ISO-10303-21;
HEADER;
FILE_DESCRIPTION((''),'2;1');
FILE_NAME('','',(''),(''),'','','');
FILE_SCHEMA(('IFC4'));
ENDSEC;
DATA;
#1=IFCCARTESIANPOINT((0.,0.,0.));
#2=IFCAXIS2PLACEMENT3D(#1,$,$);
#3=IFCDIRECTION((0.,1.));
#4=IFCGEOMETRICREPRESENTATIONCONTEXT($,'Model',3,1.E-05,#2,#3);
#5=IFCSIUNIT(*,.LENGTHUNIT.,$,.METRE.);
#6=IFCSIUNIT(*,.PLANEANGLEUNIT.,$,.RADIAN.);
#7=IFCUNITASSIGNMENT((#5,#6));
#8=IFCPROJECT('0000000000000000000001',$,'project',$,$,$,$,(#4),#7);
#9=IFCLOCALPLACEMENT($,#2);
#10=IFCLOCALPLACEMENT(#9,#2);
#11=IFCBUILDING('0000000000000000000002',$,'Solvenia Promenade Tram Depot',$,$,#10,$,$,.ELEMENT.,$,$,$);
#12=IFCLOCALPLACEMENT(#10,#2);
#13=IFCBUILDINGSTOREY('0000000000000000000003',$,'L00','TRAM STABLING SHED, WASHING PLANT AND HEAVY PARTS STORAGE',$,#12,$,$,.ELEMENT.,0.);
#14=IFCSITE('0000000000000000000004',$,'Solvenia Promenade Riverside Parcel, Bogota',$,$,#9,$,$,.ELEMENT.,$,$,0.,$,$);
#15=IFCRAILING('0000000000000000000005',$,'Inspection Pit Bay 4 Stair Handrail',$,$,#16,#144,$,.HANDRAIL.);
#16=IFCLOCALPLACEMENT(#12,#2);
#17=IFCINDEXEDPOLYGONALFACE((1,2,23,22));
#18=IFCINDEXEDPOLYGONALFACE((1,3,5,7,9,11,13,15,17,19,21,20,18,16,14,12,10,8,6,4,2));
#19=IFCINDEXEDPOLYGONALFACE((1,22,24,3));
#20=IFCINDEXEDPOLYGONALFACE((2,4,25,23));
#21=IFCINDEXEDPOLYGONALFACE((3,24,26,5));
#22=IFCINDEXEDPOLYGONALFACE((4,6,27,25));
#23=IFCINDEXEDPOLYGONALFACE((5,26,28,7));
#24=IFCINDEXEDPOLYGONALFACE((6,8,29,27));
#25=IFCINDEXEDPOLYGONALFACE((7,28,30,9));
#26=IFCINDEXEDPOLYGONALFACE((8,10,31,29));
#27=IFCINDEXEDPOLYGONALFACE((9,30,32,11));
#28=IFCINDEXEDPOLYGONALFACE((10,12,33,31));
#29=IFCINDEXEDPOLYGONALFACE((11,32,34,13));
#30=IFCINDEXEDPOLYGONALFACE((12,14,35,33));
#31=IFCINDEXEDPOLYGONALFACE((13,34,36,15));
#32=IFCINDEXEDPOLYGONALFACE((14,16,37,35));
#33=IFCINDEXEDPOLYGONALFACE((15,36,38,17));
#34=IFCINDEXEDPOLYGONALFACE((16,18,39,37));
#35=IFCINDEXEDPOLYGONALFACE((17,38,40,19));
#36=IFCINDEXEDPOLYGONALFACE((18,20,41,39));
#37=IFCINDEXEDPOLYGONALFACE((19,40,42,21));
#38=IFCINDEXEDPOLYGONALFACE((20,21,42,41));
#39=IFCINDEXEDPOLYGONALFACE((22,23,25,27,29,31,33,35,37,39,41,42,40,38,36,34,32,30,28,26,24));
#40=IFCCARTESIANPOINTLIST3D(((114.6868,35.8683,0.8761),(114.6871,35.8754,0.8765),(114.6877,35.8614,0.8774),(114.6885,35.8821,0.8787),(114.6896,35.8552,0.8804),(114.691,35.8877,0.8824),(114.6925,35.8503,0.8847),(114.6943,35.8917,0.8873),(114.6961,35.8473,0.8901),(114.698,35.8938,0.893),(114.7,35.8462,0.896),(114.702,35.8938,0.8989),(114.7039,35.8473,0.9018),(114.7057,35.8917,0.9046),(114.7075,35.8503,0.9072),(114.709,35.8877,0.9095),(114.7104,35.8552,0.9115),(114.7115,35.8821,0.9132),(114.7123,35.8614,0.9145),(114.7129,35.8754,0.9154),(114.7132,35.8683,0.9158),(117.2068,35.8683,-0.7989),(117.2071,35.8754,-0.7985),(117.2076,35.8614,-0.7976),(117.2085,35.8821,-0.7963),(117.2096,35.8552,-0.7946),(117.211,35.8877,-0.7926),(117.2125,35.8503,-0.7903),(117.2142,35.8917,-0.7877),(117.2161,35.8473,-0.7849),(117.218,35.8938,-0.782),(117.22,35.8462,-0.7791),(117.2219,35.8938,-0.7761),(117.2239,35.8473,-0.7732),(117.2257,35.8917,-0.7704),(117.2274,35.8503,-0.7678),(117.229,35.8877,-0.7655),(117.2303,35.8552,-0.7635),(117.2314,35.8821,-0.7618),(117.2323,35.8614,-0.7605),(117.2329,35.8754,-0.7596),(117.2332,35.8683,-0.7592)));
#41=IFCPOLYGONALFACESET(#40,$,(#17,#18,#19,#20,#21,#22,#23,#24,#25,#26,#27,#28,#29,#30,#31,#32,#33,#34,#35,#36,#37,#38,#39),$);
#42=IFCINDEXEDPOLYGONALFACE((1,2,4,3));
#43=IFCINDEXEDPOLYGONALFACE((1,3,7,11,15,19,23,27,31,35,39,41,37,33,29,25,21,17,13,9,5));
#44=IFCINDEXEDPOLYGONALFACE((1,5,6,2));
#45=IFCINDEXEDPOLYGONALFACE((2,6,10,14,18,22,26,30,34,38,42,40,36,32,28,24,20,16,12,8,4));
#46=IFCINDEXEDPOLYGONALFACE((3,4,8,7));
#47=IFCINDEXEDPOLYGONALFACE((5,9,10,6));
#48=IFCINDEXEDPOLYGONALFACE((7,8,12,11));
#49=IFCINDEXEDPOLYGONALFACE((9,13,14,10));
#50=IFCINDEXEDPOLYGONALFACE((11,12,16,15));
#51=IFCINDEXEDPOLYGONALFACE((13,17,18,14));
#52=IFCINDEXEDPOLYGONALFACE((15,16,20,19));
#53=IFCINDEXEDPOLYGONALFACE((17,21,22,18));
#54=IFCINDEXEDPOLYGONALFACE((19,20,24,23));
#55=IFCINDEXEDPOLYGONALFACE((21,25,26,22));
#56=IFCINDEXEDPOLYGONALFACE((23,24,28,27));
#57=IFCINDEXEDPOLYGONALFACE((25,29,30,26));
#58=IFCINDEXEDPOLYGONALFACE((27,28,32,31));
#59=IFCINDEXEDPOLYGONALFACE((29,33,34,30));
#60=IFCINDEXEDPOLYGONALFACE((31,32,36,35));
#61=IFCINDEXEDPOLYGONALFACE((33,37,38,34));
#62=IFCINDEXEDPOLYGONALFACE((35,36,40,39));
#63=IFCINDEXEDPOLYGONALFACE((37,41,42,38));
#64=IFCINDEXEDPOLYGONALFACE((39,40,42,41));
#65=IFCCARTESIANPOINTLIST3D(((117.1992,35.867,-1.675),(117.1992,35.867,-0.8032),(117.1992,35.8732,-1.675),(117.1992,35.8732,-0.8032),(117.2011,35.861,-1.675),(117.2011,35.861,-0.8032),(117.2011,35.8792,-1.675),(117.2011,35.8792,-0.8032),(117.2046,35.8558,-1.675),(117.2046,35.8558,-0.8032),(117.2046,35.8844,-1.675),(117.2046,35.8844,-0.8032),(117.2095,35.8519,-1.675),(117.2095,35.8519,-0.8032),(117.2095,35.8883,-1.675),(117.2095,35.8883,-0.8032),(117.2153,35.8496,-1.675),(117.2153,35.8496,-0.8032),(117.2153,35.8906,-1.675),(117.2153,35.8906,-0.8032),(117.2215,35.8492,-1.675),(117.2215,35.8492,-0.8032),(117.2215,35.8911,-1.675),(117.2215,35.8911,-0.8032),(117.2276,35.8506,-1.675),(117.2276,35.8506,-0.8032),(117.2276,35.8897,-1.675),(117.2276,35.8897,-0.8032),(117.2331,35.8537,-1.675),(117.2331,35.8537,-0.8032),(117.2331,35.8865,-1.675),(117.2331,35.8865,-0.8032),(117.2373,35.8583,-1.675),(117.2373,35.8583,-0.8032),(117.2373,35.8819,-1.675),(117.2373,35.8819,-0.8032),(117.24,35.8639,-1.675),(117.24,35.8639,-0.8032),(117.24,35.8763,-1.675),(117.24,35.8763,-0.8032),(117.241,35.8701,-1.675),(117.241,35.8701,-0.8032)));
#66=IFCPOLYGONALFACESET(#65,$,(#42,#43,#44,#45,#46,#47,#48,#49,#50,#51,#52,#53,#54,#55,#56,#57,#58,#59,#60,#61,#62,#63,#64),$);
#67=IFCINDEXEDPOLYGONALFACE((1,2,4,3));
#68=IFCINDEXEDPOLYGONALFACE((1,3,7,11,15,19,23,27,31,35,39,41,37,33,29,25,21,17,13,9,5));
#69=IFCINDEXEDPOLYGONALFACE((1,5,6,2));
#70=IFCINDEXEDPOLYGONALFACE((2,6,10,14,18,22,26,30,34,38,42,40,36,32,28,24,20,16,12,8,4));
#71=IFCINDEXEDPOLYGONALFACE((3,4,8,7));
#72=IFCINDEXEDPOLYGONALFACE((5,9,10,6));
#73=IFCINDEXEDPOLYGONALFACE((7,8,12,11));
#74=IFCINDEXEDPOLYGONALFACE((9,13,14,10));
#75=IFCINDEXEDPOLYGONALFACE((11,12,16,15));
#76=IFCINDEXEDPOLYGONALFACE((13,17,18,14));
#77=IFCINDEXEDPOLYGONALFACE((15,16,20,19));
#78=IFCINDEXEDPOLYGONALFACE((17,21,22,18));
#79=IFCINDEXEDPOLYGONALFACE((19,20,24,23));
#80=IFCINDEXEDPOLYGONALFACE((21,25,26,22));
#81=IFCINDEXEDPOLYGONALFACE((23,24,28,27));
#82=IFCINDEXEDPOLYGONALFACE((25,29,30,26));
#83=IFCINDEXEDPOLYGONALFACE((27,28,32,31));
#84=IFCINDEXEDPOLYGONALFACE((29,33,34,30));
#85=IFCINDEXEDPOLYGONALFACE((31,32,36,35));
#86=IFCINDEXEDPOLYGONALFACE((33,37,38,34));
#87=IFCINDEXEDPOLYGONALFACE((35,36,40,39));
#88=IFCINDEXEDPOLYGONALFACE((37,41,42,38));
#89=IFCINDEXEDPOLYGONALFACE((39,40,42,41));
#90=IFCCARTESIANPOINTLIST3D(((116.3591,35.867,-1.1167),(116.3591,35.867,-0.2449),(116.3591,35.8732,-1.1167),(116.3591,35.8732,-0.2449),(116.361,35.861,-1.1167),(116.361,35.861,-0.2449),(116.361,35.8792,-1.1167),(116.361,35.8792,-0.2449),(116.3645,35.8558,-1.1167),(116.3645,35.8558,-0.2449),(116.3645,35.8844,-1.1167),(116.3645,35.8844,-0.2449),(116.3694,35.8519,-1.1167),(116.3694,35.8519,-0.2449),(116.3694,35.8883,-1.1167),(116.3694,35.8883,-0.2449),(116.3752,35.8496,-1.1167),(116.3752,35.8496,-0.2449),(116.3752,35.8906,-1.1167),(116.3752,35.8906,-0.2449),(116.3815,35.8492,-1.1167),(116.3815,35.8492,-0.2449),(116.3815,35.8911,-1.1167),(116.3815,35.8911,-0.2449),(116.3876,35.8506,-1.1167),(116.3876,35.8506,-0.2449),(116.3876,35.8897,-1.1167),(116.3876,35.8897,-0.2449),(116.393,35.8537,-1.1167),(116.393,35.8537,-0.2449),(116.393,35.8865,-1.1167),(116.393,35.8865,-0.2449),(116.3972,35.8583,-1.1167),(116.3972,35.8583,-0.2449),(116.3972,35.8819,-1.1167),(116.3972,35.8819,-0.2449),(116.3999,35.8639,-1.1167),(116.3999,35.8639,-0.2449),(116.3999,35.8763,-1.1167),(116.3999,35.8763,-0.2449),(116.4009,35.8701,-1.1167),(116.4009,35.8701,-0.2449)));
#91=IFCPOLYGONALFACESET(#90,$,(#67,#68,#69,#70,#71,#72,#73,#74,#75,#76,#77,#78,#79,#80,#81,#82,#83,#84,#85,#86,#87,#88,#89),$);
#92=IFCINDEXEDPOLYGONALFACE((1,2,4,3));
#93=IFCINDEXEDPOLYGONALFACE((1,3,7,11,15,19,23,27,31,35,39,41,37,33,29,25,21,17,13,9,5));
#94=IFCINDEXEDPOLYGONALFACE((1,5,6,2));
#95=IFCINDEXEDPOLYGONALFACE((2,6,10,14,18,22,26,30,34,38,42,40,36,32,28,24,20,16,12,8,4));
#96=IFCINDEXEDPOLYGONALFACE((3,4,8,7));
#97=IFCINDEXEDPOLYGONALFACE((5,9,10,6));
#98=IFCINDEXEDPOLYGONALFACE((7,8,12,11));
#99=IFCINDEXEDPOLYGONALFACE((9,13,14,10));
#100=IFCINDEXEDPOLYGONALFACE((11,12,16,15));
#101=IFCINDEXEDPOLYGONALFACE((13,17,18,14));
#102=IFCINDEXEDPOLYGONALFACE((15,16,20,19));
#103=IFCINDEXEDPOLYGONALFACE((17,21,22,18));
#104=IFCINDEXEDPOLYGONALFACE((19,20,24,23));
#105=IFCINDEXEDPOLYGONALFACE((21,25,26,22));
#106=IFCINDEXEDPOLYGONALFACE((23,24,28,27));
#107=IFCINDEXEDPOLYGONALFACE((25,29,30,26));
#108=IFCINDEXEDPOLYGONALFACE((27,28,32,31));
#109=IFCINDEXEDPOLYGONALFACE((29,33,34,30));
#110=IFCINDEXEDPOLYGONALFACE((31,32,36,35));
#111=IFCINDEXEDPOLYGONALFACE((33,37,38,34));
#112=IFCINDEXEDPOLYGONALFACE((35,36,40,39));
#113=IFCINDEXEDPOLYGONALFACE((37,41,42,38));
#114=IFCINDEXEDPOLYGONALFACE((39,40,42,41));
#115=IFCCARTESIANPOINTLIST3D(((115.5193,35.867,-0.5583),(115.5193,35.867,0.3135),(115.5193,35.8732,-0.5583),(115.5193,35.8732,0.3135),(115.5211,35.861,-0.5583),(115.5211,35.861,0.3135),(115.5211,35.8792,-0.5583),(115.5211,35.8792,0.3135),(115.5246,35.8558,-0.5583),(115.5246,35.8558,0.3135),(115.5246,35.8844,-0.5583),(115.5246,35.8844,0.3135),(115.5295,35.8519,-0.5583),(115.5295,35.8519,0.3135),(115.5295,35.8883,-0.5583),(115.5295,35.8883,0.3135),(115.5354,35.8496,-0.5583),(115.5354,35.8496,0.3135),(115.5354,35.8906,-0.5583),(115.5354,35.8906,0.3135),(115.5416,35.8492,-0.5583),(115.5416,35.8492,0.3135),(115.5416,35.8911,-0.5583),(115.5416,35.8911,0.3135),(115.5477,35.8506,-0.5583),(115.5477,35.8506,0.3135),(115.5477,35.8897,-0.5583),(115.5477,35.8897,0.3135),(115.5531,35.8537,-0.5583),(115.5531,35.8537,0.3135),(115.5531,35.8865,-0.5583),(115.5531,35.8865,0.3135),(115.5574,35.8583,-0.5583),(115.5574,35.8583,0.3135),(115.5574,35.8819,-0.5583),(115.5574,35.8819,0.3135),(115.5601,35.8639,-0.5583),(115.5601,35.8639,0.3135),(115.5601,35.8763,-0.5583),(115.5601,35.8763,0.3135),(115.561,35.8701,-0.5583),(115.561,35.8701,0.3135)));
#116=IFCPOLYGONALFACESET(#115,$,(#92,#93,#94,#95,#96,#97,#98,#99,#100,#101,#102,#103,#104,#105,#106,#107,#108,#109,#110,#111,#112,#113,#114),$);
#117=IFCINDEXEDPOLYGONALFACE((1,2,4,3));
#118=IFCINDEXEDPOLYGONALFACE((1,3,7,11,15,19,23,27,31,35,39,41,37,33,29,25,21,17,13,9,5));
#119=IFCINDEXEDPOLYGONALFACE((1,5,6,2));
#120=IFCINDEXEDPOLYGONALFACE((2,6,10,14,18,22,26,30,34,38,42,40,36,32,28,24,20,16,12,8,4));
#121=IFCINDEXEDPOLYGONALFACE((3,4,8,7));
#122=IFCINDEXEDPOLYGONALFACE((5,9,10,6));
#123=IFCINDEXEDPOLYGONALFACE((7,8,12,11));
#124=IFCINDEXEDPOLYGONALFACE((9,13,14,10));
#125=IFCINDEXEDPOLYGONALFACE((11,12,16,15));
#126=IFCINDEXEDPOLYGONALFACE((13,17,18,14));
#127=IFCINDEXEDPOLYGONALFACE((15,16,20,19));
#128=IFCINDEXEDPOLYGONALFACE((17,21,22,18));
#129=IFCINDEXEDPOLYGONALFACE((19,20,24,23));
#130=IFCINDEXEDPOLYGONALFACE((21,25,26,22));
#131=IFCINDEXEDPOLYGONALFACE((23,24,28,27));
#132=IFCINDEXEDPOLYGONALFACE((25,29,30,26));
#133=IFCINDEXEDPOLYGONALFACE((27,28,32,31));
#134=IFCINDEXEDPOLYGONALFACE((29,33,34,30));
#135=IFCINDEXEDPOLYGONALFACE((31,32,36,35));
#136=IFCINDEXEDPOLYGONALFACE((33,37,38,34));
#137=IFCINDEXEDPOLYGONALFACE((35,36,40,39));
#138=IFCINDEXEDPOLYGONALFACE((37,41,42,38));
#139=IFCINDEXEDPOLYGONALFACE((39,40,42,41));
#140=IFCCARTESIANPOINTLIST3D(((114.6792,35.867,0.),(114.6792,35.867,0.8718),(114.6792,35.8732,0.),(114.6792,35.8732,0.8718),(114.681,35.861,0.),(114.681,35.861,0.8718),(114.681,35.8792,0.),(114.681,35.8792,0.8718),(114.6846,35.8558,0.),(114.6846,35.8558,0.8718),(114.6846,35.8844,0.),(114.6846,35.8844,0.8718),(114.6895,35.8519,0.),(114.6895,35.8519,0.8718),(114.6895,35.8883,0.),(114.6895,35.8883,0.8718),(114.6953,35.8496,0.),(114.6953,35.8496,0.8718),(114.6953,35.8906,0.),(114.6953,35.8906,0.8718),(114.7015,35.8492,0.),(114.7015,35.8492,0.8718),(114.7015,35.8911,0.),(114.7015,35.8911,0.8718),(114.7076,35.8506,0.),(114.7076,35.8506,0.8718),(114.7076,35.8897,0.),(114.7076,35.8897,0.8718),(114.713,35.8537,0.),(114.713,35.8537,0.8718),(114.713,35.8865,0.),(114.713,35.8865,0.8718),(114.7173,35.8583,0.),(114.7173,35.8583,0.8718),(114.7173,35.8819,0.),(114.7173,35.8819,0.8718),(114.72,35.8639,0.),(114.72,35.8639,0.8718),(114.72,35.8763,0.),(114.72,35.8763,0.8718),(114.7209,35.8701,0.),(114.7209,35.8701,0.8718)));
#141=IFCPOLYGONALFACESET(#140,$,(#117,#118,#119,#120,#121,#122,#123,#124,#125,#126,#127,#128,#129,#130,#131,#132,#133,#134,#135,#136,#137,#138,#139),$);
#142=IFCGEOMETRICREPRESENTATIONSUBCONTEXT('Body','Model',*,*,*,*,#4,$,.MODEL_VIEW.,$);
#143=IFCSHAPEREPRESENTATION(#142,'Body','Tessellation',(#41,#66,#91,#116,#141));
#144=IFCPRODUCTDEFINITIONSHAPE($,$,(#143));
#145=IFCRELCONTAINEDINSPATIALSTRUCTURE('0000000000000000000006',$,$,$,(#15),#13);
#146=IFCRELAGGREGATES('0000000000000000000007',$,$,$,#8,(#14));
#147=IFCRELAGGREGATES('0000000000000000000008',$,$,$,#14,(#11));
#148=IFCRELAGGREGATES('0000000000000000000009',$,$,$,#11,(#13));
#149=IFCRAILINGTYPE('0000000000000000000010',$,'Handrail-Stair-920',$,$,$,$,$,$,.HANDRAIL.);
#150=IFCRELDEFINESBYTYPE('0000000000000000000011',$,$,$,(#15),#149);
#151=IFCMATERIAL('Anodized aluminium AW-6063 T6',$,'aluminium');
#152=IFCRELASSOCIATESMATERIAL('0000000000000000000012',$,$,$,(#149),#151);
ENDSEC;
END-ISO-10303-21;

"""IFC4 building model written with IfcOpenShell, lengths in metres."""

from ifc_helpers import new_model, si_unit, direction, frame, origin, origin_2d, place, context, subcontext, project, spatial, circle, extrude, material, type_object, element, save


model = new_model("IFC4")

# Units and contexts
model_context = context("Model", 3, precision=1e-05, world=origin(), true_north=direction((0.0, 1.0)))
body_context = subcontext(model_context, "Body", "Model", "MODEL_VIEW")
ifc_project = project(units=[si_unit("LENGTHUNIT", "METRE"), si_unit("PLANEANGLEUNIT", "RADIAN")], contexts=[model_context])

# Site, building, storey
site_placement = place(None, origin())
site = spatial("IfcSite", under=ifc_project, at=site_placement, Name="Solvenia Promenade Riverside Parcel, Bogota", CompositionType="ELEMENT", RefElevation=0.0)
building_placement = place(site_placement, origin())
building = spatial("IfcBuilding", under=site, at=building_placement, Name="Solvenia Promenade Tram Depot", CompositionType="ELEMENT")
storey_placement = place(building_placement, origin())
storey = spatial("IfcBuildingStorey", under=building, at=storey_placement, Name="L00", Description="TRAM STABLING SHED, WASHING PLANT AND HEAVY PARTS STORAGE", CompositionType="ELEMENT", Elevation=0.0)

# Railing
ifc_material_1 = material(Name="Anodized aluminium AW-6063 T6", Category="aluminium")
railing_type_1 = type_object("IfcRailingType", Name="Handrail-Stair-920", PredefinedType="HANDRAIL", material=ifc_material_1)
railing_1_placement = place(storey_placement, frame((117.22, 35.8701, -1.675)))
element("IfcRailing", 1, at=railing_1_placement, inside=storey, type_object=railing_type_1, Name="Inspection Pit Bay 4 Stair Handrail", PredefinedType="HANDRAIL", context=body_context, shape_type="SweptSolid", body=[
    extrude(circle(Radius=0.0239, at=origin_2d()), frame((0.0, 0.0, 0.896), z_axis=(-0.832807, 0.0, 0.553564), x_axis=(0.0, -1.0, 0.0)), (0.0, 0.0, 1.0), 3.0259),
    extrude(circle(Radius=0.021, at=origin_2d()), origin(), (0.0, 0.0, 1.0), 0.8718),
    extrude(circle(Radius=0.021, at=origin_2d()), frame((-0.8401, 0.0, 0.5583)), (0.0, 0.0, 1.0), 0.8718),
    extrude(circle(Radius=0.021, at=origin_2d()), frame((-1.6799, 0.0, 1.1167)), (0.0, 0.0, 1.0), 0.8718),
    extrude(circle(Radius=0.021, at=origin_2d()), frame((-2.52, 0.0, 1.675)), (0.0, 0.0, 1.0), 0.8718),
])

save(model, "model.ifc")
